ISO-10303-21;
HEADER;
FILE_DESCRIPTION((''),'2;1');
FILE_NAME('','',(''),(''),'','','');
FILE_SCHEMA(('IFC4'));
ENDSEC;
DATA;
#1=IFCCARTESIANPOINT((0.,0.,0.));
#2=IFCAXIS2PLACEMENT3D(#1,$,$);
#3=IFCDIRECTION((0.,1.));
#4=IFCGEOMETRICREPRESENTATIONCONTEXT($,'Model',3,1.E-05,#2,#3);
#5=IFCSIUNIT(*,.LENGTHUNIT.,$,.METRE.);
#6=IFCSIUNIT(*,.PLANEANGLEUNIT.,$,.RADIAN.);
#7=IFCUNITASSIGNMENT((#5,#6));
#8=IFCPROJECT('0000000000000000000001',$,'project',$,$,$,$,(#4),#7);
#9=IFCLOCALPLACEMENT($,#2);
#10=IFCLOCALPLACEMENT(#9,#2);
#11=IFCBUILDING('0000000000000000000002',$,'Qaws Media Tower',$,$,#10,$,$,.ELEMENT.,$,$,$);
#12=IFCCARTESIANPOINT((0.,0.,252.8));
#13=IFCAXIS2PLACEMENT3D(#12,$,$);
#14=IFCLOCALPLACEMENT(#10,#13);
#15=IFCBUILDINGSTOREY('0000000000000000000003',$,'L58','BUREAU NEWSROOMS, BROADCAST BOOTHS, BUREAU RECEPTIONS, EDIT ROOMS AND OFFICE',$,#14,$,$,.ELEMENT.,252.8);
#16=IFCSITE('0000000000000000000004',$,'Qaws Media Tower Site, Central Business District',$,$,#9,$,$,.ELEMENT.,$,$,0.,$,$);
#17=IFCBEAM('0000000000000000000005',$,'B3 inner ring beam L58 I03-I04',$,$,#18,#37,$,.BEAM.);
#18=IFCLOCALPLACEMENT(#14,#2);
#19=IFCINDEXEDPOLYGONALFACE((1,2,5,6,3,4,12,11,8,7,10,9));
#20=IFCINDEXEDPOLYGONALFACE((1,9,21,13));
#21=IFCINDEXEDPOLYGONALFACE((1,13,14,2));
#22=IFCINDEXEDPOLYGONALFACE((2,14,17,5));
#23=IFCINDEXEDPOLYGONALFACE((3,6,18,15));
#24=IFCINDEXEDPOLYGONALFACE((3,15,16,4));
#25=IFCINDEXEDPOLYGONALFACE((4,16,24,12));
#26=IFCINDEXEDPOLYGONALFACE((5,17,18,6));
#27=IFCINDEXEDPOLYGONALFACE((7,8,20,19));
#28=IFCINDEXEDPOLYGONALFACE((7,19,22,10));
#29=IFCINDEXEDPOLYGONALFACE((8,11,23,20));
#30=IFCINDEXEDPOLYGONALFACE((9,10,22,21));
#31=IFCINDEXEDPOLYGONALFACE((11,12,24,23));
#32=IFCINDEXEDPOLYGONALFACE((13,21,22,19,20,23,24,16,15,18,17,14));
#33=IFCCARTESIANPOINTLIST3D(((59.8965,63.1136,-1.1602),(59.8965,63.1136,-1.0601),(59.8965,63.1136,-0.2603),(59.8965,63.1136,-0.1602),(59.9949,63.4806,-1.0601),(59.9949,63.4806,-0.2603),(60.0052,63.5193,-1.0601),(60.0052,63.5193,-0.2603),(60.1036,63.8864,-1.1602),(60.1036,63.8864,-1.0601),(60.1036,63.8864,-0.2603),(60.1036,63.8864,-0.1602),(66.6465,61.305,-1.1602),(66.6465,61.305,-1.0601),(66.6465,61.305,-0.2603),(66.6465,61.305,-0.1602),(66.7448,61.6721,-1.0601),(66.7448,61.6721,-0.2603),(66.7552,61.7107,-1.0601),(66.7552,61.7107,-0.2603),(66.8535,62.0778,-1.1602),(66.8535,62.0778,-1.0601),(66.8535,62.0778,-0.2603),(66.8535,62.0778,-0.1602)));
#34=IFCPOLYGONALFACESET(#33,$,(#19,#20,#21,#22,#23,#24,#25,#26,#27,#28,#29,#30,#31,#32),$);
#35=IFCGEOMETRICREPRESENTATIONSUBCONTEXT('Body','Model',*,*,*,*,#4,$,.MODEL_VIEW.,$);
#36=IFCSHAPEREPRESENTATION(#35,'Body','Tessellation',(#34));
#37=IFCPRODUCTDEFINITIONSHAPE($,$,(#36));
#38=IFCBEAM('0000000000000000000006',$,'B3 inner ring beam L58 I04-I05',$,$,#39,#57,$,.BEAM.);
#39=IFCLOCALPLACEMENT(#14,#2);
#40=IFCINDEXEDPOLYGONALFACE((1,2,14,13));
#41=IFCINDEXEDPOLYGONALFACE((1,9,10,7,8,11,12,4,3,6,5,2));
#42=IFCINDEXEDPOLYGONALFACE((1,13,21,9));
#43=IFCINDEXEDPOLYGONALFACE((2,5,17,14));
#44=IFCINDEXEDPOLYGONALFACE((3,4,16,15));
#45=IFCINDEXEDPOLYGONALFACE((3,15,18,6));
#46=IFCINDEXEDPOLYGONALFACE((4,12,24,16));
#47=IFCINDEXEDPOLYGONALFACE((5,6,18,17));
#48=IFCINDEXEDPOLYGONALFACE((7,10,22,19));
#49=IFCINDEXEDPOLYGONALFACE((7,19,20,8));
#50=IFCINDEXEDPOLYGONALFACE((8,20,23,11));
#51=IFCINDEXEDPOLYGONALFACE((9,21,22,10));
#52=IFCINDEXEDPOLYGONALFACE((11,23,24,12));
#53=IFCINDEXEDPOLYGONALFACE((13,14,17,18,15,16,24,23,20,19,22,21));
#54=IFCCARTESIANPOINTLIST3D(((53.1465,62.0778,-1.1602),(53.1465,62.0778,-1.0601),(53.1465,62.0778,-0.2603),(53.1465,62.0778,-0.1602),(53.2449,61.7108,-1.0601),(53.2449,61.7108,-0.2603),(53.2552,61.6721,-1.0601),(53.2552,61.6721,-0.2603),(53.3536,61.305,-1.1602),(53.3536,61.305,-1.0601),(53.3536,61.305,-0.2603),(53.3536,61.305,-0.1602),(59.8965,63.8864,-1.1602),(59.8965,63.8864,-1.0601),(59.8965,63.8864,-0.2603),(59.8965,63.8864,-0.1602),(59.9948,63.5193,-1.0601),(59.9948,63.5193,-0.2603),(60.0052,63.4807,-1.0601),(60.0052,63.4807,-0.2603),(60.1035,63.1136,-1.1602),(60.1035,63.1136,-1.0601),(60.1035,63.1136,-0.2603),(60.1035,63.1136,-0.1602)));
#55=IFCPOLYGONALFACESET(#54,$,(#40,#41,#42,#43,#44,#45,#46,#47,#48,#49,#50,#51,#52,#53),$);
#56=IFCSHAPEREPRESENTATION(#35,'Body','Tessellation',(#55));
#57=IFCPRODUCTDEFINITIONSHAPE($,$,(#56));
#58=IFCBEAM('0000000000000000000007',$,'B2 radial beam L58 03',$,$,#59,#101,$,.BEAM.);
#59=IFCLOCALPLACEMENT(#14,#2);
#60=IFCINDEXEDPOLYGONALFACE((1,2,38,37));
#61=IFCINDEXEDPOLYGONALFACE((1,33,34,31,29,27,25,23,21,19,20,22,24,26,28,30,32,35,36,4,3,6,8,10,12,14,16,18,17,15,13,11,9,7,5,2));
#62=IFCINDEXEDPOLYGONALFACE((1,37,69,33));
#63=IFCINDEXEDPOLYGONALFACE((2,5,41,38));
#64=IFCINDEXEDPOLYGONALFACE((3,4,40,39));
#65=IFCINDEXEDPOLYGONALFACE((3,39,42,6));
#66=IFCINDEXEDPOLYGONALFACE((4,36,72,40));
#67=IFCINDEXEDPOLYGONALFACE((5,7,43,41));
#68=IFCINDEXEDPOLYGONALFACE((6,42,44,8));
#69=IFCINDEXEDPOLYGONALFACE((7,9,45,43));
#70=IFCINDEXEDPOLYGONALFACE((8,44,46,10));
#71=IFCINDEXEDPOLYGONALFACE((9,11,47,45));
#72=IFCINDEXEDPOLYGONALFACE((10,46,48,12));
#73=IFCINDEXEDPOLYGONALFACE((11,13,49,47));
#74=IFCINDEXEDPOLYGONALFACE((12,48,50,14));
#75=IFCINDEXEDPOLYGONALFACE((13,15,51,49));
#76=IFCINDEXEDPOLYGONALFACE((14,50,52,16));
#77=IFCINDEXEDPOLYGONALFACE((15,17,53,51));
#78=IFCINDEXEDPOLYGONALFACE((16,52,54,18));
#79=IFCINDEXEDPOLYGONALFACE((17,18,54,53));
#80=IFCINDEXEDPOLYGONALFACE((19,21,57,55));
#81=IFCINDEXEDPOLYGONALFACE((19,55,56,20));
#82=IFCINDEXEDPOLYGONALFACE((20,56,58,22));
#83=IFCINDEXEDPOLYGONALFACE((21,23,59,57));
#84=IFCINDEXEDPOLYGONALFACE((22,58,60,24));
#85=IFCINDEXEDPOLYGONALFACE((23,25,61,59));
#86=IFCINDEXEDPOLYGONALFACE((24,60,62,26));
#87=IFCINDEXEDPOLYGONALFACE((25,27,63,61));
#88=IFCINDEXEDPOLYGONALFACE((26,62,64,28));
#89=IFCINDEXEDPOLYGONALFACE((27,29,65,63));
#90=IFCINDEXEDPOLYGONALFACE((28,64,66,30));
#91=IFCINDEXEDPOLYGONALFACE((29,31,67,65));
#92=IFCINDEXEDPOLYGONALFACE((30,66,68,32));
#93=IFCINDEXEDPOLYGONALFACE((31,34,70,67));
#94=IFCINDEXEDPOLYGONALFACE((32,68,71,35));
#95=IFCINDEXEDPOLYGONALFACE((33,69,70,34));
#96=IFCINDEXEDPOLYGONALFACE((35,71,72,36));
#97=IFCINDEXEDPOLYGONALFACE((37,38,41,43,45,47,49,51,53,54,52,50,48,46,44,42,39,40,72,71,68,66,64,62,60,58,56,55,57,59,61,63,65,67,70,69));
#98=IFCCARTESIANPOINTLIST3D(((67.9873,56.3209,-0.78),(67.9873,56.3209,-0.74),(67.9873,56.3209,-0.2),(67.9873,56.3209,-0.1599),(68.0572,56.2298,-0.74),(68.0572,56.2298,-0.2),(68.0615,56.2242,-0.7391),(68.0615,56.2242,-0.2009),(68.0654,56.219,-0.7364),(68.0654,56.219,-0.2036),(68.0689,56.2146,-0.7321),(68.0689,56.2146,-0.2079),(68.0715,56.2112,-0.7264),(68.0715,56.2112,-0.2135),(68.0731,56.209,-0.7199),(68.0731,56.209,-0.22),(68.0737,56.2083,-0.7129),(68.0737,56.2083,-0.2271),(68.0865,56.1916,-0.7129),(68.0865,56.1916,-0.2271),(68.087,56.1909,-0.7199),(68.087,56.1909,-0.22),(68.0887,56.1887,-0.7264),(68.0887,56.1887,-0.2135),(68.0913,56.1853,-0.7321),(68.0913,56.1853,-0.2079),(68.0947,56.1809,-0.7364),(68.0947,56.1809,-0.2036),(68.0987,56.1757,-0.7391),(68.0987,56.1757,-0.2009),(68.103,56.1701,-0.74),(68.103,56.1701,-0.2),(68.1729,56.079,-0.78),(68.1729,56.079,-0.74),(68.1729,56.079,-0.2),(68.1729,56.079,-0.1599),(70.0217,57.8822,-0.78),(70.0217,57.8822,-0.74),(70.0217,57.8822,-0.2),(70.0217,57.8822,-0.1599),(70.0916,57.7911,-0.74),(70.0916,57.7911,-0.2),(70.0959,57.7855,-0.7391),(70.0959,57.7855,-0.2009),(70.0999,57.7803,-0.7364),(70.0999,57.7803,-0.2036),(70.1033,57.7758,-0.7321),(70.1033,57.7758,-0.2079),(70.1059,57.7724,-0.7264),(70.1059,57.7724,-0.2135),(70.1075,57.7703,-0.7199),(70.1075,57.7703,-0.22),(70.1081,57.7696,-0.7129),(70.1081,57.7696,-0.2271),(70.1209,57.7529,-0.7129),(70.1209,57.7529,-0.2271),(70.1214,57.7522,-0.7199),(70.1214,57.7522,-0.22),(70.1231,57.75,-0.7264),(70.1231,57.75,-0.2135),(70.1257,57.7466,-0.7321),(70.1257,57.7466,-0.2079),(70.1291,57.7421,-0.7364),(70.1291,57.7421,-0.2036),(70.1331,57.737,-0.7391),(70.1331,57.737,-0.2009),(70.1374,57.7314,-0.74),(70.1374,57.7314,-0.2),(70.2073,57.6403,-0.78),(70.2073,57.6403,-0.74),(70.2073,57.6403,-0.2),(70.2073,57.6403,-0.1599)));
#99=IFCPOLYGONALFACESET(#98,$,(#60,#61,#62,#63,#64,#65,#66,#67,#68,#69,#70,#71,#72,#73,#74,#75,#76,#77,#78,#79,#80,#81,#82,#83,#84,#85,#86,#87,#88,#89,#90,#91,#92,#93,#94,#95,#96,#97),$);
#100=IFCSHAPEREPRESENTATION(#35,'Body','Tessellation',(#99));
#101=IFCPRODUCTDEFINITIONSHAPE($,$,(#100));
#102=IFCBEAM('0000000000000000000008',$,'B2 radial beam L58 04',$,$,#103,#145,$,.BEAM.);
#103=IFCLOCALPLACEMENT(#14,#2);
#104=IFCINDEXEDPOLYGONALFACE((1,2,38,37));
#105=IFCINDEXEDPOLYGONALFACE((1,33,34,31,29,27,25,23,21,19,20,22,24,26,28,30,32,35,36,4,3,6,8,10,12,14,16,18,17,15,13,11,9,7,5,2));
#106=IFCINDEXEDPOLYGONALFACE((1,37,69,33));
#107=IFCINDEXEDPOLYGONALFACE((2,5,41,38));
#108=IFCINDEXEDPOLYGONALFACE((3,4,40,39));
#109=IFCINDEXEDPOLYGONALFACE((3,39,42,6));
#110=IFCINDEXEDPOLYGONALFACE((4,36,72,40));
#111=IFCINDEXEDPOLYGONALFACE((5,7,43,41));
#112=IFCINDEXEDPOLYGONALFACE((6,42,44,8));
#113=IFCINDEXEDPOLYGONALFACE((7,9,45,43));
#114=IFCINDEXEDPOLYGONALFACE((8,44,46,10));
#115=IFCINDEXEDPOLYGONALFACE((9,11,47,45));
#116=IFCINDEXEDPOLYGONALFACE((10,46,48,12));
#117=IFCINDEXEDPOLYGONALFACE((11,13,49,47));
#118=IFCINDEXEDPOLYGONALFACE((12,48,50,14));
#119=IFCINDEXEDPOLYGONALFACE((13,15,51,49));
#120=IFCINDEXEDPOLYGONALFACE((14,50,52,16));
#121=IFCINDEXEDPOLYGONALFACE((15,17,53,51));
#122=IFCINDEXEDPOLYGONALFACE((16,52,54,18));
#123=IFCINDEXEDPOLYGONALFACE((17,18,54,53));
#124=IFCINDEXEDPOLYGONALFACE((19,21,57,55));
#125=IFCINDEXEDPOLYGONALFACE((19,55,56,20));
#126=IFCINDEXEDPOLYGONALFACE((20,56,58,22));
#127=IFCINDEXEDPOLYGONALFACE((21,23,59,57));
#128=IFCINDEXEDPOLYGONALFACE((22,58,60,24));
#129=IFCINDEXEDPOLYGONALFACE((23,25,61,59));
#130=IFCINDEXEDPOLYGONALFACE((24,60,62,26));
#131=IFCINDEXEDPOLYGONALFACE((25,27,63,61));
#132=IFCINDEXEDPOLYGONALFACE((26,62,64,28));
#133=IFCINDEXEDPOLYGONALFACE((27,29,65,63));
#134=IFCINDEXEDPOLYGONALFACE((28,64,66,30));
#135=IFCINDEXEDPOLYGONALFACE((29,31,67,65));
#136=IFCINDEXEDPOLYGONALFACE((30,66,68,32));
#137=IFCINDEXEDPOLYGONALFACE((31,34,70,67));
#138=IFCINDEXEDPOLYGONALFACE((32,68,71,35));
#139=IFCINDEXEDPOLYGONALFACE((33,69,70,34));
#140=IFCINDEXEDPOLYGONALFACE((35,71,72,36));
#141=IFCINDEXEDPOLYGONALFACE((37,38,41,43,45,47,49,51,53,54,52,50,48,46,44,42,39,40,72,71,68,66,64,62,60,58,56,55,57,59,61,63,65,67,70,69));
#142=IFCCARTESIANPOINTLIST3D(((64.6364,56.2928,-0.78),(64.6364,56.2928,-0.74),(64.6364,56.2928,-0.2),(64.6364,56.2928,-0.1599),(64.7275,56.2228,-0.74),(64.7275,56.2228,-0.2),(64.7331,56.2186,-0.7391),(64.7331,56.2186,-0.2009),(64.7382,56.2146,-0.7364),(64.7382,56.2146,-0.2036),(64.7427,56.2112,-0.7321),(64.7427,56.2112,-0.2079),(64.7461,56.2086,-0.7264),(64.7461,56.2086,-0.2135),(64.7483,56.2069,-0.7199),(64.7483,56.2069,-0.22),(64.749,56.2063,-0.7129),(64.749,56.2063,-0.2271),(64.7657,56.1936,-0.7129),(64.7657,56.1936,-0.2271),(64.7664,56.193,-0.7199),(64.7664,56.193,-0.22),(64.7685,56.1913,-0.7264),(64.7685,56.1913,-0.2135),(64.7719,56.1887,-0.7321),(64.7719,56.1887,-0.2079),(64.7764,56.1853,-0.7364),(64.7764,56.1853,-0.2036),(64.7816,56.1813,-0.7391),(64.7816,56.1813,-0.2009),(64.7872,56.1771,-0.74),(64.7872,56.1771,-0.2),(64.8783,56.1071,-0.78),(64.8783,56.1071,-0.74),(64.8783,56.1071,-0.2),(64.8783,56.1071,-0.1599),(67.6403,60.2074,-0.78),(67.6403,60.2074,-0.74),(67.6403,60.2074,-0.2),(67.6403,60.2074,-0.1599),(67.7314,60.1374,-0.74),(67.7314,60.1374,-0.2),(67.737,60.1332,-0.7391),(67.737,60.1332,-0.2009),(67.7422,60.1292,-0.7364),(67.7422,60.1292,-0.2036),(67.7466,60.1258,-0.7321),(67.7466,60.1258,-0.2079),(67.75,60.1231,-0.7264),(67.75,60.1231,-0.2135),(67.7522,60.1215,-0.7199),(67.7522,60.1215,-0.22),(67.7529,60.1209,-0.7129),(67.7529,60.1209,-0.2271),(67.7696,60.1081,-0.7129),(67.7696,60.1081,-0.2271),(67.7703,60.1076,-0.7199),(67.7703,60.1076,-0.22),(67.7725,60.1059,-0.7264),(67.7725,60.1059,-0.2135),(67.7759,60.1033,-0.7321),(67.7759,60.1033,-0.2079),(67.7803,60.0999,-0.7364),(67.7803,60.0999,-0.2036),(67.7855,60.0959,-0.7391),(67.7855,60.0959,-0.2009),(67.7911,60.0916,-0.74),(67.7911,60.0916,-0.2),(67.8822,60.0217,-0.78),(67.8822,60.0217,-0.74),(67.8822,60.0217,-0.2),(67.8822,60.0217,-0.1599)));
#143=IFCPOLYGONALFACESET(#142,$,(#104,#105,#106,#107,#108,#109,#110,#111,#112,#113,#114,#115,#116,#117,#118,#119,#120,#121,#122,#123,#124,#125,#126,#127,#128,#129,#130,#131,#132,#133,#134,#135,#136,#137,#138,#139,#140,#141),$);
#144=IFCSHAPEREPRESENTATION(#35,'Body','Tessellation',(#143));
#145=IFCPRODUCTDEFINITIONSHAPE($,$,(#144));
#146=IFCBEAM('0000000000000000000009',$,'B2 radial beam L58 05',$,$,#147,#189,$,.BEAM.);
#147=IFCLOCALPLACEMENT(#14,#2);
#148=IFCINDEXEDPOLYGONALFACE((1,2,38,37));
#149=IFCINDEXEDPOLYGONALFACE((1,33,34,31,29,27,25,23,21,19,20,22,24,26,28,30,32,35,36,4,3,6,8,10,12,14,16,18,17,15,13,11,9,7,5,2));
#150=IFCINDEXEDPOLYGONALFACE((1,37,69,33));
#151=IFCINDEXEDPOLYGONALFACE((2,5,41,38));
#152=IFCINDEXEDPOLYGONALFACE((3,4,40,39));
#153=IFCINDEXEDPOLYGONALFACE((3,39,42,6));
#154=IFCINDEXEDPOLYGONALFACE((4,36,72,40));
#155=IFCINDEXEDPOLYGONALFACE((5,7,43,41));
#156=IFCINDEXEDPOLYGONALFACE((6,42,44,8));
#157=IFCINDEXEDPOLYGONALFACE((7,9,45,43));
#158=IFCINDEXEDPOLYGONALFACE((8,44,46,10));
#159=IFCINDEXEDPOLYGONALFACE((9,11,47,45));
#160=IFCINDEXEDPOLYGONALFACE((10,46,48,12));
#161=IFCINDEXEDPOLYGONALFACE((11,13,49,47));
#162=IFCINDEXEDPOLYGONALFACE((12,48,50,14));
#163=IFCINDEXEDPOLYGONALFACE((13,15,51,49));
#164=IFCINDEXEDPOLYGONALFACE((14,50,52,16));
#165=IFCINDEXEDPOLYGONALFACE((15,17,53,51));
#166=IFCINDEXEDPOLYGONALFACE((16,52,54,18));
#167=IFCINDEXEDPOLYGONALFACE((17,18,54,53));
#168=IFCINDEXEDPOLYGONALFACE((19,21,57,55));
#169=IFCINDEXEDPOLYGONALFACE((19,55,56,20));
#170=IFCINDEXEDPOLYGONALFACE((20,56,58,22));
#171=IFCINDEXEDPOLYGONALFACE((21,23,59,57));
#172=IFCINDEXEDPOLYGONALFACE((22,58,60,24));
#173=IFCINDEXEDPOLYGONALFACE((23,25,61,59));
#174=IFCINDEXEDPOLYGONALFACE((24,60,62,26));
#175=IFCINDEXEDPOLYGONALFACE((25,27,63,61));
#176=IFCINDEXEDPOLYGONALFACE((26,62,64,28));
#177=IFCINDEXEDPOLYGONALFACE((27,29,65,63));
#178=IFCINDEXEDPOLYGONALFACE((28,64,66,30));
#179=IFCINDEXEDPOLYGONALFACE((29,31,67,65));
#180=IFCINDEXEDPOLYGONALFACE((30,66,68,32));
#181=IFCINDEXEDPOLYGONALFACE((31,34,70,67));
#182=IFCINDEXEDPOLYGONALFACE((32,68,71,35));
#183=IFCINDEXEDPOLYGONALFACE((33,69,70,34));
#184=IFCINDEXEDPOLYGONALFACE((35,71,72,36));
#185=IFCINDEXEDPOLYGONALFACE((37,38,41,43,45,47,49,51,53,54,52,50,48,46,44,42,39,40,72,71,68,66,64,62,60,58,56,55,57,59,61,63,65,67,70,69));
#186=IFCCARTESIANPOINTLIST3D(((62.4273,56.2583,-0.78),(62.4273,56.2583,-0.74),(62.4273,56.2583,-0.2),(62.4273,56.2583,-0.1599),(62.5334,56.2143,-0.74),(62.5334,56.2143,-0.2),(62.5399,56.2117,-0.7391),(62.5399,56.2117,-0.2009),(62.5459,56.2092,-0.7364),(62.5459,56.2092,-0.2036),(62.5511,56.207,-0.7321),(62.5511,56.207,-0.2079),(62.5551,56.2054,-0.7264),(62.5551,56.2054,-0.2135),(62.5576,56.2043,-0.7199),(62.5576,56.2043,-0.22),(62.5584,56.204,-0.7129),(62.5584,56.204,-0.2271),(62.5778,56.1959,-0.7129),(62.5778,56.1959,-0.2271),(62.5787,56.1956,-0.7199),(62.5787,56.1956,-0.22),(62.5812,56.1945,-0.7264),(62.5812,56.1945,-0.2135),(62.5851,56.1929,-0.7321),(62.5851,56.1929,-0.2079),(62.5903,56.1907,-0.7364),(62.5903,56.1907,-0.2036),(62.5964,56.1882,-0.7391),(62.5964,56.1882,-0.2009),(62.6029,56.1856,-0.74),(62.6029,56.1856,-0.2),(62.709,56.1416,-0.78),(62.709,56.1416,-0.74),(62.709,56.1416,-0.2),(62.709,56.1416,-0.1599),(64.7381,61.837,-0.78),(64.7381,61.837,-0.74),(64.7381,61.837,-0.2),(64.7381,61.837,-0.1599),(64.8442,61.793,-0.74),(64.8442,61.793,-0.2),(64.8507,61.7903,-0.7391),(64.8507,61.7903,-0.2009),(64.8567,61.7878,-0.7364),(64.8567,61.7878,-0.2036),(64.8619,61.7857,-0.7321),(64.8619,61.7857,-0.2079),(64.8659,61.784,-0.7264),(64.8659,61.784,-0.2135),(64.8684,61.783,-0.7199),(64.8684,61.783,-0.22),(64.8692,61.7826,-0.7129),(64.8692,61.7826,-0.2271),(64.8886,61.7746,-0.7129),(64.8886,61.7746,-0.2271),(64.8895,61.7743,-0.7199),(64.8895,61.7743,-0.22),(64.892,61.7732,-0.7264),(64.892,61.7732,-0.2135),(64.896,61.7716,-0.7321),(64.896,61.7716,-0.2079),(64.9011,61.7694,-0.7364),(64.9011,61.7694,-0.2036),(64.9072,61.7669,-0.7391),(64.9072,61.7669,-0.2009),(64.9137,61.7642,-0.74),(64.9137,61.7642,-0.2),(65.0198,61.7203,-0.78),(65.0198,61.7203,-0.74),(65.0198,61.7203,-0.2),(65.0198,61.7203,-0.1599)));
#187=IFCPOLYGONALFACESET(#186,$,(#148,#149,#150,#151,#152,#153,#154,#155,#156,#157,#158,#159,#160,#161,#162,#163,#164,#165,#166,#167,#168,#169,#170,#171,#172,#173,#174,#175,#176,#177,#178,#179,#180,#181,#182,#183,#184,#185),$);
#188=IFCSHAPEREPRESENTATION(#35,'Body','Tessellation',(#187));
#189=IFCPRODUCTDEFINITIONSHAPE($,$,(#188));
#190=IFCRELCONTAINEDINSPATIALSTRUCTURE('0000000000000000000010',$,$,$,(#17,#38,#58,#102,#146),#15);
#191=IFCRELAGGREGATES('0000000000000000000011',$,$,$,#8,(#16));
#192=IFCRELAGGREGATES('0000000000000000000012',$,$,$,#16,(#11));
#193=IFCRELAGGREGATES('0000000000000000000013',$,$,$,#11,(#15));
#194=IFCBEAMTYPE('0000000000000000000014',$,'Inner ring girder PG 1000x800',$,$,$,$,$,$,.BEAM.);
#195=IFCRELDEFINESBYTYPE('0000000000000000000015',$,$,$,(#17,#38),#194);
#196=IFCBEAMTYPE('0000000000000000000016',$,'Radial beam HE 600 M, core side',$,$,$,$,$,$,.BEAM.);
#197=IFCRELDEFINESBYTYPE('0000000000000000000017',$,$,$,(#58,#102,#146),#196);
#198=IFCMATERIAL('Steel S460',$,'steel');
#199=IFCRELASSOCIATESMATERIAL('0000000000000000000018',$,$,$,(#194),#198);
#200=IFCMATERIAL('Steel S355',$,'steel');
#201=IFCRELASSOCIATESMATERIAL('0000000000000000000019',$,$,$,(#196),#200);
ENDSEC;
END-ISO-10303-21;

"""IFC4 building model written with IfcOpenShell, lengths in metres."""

from ifc_helpers import new_model, si_unit, direction, frame, origin, origin_2d, place, context, subcontext, project, spatial, i_section, extrude, material, material_profile, profile_set, type_object, element, save


model = new_model("IFC4")

# Units and contexts
model_context = context("Model", 3, precision=1e-05, world=origin(), true_north=direction((0.0, 1.0)))
body_context = subcontext(model_context, "Body", "Model", "MODEL_VIEW")
ifc_project = project(units=[si_unit("LENGTHUNIT", "METRE"), si_unit("PLANEANGLEUNIT", "RADIAN")], contexts=[model_context])

# Site, building, storey
site_placement = place(None, origin())
site = spatial("IfcSite", under=ifc_project, at=site_placement, Name="Qaws Media Tower Site, Central Business District", CompositionType="ELEMENT", RefElevation=0.0)
building_placement = place(site_placement, origin())
building = spatial("IfcBuilding", under=site, at=building_placement, Name="Qaws Media Tower", CompositionType="ELEMENT")
storey_placement = place(building_placement, frame((0.0, 0.0, 252.8)))
storey = spatial("IfcBuildingStorey", under=building, at=storey_placement, Name="L58", Description="BUREAU NEWSROOMS, BROADCAST BOOTHS, BUREAU RECEPTIONS, EDIT ROOMS AND OFFICE", CompositionType="ELEMENT", Elevation=252.8)

# Beams
ifc_material_1 = material(Name="Steel S460", Category="steel")
ifc_material_profile_1 = material_profile(ifc_material_1, i_section(OverallWidth=0.8, OverallDepth=1.0, WebThickness=0.04, FlangeThickness=0.1001, at=origin_2d()), Name="PG 1000x800")
ifc_profile_set_1 = profile_set([ifc_material_profile_1], Name="Steel S460")
beam_type_1 = type_object("IfcBeamType", Name="Inner ring girder PG 1000x800", PredefinedType="BEAM", material=ifc_profile_set_1)
for number, where, z_axis, x_axis, name in (
    (1, (66.75, 61.6914, -0.6602), (-0.965928, 0.258811, 0.0), (-0.258811, -0.965928, 0.0), "B3 inner ring beam L58 I03-I04"),
    (2, (60.0, 63.5, -0.6602), (-0.965928, -0.258811, 0.0), (0.258811, -0.965928, 0.0), "B3 inner ring beam L58 I04-I05"),
):
    element("IfcBeam", number, at=place(storey_placement, frame(where, z_axis=z_axis, x_axis=x_axis)), inside=storey, type_object=beam_type_1, Name=name, PredefinedType="BEAM", context=body_context, shape_type="SweptSolid", body=[
        extrude(i_section(OverallWidth=0.8, OverallDepth=1.0, WebThickness=0.04, FlangeThickness=0.1001, at=origin_2d()), origin(), (0.0, 0.0, 1.0), 6.988),
    ])
ifc_material_2 = material(Name="Steel S355", Category="steel")
ifc_material_profile_2 = material_profile(ifc_material_2, i_section(OverallWidth=0.3049, OverallDepth=0.6201, WebThickness=0.021, FlangeThickness=0.04, FilletRadius=0.0271, at=origin_2d()), Name="HE 600 M")
ifc_profile_set_2 = profile_set([ifc_material_profile_2], Name="Steel S355")
beam_type_2 = type_object("IfcBeamType", Name="Radial beam HE 600 M, core side", PredefinedType="BEAM", material=ifc_profile_set_2)
beam_1_placement = place(storey_placement, frame((68.0801, 56.2, -0.47), z_axis=(0.793314, 0.608813, 0.0), x_axis=(-0.608813, 0.793314, 0.0)))
element("IfcBeam", 3, at=beam_1_placement, inside=storey, type_object=beam_type_2, Name="B2 radial beam L58 03", PredefinedType="BEAM", context=body_context, shape_type="SweptSolid", body=[
    extrude(i_section(OverallWidth=0.3049, OverallDepth=0.6201, WebThickness=0.021, FlangeThickness=0.04, FilletRadius=0.0271, at=origin_2d()), origin(), (0.0, 0.0, 1.0), 2.5645),
])
beam_2_placement = place(storey_placement, frame((64.7573, 56.2, -0.47), z_axis=(0.608783, 0.793337, 0.0), x_axis=(-0.793337, 0.608783, 0.0)))
element("IfcBeam", 4, at=beam_2_placement, inside=storey, type_object=beam_type_2, Name="B2 radial beam L58 04", PredefinedType="BEAM", context=body_context, shape_type="SweptSolid", body=[
    extrude(i_section(OverallWidth=0.3049, OverallDepth=0.6201, WebThickness=0.021, FlangeThickness=0.04, FilletRadius=0.0271, at=origin_2d()), origin(), (0.0, 0.0, 1.0), 4.9343),
])
beam_3_placement = place(storey_placement, frame((62.5681, 56.2, -0.47), z_axis=(0.382691, 0.923876, 0.0), x_axis=(-0.923876, 0.382691, 0.0)))
element("IfcBeam", 5, at=beam_3_placement, inside=storey, type_object=beam_type_2, Name="B2 radial beam L58 05", PredefinedType="BEAM", context=body_context, shape_type="SweptSolid", body=[
    extrude(i_section(OverallWidth=0.3049, OverallDepth=0.6201, WebThickness=0.021, FlangeThickness=0.04, FilletRadius=0.0271, at=origin_2d()), origin(), (0.0, 0.0, 1.0), 6.0383),
])

save(model, "model.ifc")
